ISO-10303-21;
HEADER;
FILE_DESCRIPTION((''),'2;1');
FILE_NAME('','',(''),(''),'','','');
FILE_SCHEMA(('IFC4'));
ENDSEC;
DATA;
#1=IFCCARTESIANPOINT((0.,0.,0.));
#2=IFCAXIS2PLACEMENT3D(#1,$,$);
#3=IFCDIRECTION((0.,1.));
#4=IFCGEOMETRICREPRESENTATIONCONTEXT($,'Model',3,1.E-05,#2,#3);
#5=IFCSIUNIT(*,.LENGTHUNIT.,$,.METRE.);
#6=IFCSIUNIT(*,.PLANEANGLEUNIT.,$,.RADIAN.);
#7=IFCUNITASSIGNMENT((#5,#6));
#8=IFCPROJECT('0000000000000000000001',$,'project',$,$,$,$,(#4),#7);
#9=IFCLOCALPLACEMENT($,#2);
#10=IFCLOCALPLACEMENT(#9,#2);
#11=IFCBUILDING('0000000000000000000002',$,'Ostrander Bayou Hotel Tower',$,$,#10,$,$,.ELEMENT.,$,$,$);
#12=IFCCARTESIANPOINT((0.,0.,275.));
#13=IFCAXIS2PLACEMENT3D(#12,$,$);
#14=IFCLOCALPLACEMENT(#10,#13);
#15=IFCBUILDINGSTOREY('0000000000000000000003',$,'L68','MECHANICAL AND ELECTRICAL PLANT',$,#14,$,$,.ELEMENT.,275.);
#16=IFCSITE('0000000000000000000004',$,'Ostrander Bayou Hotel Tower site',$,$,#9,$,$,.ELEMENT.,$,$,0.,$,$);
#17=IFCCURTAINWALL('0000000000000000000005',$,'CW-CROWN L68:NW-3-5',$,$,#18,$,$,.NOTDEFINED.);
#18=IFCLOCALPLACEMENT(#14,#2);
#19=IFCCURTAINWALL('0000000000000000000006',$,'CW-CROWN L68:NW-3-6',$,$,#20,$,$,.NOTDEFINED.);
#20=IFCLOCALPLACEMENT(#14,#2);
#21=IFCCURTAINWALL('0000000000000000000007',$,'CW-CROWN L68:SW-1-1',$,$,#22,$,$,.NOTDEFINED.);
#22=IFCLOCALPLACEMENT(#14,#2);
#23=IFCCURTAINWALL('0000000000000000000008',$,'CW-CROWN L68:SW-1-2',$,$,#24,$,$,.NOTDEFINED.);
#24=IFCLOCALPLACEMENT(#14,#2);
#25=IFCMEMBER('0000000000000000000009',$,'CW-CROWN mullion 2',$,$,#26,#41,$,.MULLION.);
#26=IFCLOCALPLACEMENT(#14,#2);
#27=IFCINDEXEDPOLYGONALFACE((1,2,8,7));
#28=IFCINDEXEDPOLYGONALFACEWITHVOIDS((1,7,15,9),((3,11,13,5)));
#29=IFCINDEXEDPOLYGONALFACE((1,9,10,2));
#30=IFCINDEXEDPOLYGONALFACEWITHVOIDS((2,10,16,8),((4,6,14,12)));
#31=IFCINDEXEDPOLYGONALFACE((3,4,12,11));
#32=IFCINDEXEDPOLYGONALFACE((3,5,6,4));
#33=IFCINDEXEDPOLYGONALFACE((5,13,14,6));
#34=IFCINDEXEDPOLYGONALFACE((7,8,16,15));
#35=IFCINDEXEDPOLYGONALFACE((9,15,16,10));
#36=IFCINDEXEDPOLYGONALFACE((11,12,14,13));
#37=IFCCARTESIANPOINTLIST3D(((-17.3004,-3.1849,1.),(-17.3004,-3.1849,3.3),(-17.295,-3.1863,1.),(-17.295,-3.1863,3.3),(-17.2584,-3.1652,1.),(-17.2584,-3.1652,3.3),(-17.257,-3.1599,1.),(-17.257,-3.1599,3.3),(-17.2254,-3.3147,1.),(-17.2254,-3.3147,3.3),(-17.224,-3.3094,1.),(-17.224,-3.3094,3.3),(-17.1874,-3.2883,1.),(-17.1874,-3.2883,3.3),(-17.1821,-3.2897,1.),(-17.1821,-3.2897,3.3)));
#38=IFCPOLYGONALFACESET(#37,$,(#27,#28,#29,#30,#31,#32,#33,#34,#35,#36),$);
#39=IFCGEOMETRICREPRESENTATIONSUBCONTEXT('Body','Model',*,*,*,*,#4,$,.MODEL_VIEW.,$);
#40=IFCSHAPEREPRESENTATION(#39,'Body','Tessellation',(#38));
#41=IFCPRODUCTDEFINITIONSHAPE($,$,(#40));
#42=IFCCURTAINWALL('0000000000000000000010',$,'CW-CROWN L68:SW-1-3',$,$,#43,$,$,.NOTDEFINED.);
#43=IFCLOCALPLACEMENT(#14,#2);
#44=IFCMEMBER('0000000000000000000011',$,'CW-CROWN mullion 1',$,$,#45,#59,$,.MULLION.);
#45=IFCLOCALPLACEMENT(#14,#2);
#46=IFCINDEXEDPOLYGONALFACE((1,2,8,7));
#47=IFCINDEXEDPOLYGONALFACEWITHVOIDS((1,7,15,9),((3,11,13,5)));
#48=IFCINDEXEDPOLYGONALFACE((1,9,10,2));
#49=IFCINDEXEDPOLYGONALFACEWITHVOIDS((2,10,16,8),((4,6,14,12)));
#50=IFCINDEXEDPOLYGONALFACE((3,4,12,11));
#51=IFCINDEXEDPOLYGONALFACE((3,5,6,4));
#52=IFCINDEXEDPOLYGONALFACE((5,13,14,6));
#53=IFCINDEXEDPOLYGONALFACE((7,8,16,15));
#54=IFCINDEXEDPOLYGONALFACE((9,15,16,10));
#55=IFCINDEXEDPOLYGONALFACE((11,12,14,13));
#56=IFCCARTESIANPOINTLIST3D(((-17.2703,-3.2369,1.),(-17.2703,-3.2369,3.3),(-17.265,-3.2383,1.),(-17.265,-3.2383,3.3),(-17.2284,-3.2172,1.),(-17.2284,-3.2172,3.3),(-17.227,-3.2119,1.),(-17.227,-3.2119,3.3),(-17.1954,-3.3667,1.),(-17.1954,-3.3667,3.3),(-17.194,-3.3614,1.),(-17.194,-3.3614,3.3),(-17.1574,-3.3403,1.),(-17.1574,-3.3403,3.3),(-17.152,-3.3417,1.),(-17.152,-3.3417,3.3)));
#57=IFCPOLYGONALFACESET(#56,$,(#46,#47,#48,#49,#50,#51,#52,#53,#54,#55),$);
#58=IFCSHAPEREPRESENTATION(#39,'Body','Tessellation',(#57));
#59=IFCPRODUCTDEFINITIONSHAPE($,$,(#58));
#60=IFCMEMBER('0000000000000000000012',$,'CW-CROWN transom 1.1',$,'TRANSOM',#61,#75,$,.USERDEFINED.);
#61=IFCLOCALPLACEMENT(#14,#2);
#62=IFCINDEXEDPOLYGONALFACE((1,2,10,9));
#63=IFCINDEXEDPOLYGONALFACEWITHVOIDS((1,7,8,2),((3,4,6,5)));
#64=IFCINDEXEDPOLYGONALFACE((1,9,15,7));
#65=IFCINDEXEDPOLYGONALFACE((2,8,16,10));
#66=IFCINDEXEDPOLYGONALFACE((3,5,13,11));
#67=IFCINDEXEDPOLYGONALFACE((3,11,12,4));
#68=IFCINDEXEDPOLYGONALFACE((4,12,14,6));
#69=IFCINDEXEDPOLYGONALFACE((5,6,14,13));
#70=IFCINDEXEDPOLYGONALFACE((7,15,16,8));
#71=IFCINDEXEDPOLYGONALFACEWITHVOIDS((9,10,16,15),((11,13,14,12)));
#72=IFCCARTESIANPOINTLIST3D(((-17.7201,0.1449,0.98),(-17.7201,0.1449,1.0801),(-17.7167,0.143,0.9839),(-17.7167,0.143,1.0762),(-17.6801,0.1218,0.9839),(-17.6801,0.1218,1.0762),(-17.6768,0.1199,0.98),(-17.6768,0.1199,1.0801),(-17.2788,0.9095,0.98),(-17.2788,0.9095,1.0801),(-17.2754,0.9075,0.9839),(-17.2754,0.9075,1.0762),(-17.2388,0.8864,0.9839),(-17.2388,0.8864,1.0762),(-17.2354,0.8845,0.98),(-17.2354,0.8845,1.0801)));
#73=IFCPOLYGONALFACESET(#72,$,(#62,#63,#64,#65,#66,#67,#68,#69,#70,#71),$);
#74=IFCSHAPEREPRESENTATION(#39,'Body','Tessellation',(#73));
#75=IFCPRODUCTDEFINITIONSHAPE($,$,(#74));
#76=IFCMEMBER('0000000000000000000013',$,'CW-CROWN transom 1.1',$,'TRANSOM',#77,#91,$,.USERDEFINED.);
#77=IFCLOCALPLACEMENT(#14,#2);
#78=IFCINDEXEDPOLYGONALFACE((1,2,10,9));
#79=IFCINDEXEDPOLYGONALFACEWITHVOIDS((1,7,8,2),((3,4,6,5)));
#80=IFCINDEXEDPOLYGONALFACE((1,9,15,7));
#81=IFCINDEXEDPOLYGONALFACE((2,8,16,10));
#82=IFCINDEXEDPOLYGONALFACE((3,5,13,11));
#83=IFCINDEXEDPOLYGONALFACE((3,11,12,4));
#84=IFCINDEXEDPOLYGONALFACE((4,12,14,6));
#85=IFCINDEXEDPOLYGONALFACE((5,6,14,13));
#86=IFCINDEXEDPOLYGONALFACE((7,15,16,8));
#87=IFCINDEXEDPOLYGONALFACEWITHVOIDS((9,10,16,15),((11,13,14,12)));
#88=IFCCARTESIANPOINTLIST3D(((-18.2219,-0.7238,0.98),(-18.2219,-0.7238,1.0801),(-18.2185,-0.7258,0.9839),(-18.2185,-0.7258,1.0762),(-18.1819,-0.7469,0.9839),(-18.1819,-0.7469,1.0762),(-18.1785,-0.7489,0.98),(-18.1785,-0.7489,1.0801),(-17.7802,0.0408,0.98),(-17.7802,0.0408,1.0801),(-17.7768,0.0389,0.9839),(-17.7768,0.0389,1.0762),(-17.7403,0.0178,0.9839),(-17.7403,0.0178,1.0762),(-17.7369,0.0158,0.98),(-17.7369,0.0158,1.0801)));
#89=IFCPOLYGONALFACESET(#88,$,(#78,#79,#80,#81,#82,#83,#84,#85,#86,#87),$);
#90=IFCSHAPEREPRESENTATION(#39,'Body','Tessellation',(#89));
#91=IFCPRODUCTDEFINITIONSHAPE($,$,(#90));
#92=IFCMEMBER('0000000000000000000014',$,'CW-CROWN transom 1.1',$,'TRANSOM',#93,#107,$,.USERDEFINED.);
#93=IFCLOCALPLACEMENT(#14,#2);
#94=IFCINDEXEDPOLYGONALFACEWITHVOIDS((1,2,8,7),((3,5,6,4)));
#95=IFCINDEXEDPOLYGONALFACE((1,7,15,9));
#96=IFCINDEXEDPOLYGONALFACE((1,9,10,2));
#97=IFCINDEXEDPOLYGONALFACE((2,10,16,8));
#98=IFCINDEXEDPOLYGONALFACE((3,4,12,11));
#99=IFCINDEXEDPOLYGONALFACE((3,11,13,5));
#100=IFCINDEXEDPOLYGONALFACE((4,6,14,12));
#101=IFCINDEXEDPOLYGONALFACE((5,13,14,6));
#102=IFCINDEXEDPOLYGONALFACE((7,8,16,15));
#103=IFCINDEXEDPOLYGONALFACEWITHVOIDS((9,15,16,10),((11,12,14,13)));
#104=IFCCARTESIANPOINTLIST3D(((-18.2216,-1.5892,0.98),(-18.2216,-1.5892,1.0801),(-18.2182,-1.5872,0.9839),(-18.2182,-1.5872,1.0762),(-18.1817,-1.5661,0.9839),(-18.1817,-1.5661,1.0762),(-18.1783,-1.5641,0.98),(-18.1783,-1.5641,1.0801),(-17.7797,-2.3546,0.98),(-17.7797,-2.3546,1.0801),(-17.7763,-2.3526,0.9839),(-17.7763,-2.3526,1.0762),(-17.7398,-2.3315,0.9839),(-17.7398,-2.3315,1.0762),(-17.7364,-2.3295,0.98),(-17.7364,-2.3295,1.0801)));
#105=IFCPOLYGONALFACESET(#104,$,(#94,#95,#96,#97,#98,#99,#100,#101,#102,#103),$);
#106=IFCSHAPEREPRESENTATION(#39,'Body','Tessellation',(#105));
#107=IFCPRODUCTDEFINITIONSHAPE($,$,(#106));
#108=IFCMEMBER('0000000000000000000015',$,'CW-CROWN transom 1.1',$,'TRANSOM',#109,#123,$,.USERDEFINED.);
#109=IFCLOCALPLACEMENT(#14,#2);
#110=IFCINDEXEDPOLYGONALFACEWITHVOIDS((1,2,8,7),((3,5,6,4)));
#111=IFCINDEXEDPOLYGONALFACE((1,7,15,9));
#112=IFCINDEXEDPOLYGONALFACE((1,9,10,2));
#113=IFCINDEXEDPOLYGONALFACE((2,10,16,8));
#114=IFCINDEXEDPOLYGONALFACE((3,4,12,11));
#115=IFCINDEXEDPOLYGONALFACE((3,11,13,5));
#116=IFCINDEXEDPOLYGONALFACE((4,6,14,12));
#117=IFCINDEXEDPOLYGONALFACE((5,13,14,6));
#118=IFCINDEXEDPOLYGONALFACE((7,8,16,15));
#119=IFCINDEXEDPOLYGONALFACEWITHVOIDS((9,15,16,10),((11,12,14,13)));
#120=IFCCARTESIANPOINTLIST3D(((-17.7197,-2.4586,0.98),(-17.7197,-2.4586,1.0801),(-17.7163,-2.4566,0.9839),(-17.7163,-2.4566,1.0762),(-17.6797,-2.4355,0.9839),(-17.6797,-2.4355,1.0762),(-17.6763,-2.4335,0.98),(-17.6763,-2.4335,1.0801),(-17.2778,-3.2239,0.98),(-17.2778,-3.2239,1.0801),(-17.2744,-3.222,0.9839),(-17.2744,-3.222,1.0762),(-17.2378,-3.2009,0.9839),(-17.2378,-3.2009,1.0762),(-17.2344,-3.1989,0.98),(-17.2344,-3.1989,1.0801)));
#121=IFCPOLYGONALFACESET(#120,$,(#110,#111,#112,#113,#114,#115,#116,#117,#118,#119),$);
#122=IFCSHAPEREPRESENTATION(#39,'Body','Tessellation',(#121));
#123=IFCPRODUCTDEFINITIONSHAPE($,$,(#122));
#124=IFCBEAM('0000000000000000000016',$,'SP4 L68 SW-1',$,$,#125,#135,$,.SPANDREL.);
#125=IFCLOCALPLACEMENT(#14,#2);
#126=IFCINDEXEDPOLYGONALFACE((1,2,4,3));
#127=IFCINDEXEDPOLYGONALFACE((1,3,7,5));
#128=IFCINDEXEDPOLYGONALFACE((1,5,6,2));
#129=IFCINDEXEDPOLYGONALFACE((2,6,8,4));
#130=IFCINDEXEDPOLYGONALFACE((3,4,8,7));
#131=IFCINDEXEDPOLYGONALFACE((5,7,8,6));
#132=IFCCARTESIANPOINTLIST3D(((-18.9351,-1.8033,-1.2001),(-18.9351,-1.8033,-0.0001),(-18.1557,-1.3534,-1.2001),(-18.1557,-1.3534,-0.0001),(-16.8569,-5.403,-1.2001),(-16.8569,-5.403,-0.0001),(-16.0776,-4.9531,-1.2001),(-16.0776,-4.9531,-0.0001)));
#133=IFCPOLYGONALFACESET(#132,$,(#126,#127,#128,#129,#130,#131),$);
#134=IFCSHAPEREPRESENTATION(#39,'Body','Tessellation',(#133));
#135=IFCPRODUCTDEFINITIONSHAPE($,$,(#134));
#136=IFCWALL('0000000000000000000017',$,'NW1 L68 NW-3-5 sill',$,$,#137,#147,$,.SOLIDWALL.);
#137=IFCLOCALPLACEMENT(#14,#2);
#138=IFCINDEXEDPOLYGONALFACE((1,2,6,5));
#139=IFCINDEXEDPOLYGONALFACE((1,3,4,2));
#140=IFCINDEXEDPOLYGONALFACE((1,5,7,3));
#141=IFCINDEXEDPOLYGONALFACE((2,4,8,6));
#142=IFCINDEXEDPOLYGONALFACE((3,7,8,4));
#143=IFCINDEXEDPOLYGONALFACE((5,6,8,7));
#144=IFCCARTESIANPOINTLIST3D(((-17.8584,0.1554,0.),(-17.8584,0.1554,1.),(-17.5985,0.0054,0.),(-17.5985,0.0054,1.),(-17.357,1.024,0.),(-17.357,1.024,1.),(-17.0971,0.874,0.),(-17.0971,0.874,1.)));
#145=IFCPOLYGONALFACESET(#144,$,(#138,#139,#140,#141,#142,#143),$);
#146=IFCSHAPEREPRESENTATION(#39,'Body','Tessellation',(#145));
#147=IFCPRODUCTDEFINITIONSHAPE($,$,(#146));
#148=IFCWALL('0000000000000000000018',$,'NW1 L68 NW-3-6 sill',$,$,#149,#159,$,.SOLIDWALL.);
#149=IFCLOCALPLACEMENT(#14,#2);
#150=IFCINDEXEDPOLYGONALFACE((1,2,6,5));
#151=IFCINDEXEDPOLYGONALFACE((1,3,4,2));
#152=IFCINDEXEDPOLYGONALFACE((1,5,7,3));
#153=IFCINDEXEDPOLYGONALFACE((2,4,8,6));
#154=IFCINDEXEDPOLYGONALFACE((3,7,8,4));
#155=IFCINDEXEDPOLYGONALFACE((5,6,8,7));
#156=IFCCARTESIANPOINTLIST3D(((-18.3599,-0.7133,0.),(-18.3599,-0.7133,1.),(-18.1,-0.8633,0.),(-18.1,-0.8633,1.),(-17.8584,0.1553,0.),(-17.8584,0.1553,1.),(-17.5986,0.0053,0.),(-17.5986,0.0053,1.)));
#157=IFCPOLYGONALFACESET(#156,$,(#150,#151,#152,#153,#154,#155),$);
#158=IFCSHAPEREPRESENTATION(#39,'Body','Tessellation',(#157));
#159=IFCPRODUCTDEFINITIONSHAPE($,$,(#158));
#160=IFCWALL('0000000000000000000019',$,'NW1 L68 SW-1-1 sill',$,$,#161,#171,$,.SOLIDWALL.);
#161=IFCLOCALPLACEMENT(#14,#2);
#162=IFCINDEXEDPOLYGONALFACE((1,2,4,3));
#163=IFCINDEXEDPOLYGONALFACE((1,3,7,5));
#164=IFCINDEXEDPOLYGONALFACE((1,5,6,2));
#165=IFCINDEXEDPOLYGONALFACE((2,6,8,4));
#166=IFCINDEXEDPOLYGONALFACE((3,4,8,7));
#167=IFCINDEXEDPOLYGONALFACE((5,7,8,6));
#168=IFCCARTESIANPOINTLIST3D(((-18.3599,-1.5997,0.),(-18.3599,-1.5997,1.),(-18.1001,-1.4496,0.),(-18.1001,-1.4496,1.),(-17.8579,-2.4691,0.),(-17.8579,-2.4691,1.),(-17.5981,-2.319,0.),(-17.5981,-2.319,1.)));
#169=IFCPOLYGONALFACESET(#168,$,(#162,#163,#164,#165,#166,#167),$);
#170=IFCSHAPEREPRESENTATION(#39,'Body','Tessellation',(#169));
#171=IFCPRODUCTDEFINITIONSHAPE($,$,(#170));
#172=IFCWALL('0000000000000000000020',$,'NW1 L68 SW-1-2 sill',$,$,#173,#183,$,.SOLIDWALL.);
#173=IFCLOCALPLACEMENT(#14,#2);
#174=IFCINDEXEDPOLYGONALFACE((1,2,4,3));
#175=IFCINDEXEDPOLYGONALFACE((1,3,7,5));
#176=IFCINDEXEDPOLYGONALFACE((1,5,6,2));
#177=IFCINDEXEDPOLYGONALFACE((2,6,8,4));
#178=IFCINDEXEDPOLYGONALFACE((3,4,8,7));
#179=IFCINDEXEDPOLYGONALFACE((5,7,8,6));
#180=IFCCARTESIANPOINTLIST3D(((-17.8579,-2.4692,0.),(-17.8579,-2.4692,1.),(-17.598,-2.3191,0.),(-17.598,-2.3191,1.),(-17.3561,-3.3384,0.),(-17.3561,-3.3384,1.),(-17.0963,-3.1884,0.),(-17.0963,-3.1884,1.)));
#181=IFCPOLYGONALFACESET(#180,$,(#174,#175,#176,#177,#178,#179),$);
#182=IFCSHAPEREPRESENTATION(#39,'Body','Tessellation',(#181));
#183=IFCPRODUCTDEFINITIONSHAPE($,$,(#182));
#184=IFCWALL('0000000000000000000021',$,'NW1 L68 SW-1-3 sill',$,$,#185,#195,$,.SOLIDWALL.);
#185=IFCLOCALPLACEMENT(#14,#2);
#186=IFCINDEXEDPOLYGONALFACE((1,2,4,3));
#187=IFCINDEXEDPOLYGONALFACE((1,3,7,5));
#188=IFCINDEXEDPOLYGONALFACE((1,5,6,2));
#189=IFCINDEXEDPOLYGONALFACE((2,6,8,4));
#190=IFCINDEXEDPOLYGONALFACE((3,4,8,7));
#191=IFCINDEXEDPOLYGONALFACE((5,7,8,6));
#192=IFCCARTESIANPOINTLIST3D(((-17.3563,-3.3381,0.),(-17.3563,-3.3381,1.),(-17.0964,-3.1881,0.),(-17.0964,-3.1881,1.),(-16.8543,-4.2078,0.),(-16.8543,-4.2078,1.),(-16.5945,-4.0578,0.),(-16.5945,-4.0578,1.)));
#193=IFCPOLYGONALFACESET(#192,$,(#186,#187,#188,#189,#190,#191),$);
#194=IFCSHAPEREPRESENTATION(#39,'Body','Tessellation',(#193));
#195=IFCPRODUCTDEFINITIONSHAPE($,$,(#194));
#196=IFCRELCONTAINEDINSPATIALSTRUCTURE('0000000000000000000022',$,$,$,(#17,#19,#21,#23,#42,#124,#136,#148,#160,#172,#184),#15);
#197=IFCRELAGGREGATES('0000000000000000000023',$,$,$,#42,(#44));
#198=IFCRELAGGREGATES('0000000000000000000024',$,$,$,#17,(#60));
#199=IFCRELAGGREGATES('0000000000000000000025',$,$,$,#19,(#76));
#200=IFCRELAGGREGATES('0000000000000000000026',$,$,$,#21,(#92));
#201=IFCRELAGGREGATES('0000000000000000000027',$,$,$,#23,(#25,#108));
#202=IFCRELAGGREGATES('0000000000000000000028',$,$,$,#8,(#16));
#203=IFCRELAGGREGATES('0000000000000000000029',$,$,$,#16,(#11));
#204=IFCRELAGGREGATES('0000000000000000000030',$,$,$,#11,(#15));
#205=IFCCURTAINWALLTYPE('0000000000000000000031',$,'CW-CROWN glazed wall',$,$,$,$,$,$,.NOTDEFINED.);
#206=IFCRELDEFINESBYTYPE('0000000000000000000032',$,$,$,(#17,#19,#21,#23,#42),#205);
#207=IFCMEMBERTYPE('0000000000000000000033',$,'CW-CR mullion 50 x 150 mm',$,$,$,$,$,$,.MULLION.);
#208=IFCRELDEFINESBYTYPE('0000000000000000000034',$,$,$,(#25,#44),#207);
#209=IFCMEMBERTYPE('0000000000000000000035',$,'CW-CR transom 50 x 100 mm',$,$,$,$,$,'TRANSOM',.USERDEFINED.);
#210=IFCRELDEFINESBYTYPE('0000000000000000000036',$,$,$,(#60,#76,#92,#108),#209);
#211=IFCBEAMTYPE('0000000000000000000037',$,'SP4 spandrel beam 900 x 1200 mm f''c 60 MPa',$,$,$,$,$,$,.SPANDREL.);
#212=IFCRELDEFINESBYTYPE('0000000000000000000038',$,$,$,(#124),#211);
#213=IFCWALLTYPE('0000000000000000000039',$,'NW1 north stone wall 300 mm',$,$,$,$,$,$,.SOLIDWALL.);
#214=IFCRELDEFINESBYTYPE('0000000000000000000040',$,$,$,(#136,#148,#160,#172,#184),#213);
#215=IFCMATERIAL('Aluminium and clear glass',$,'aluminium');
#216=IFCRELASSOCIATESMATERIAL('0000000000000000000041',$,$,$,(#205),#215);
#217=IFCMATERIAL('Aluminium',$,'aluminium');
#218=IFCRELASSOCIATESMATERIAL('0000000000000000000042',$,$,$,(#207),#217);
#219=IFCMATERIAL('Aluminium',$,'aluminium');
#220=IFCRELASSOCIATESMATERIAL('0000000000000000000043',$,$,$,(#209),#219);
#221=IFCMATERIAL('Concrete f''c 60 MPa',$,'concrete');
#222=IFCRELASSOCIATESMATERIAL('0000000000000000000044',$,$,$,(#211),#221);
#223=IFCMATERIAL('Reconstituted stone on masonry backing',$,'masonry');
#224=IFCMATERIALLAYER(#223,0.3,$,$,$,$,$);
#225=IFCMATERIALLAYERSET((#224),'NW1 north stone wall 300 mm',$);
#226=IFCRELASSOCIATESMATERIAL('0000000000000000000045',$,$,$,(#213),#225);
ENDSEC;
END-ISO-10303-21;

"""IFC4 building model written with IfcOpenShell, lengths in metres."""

from ifc_helpers import new_model, si_unit, direction, frame, frame_2d, origin, origin_2d, place, context, subcontext, project, spatial, rectangle, hollow_rectangle, extrude, material, layer, layer_set, material_profile, profile_set, type_object, element, aggregate, save


model = new_model("IFC4")

# Units and contexts
model_context = context("Model", 3, precision=1e-05, world=origin(), true_north=direction((0.0, 1.0)))
body_context = subcontext(model_context, "Body", "Model", "MODEL_VIEW")
ifc_project = project(units=[si_unit("LENGTHUNIT", "METRE"), si_unit("PLANEANGLEUNIT", "RADIAN")], contexts=[model_context])

# Site, building, storey
site_placement = place(None, origin())
site = spatial("IfcSite", under=ifc_project, at=site_placement, Name="Ostrander Bayou Hotel Tower site", CompositionType="ELEMENT", RefElevation=0.0)
building_placement = place(site_placement, origin())
building = spatial("IfcBuilding", under=site, at=building_placement, Name="Ostrander Bayou Hotel Tower", CompositionType="ELEMENT")
storey_placement = place(building_placement, frame((0.0, 0.0, 275.0)))
storey = spatial("IfcBuildingStorey", under=building, at=storey_placement, Name="L68", Description="MECHANICAL AND ELECTRICAL PLANT", CompositionType="ELEMENT", Elevation=275.0)

# Shared definitions
ifc_material_1 = material(Name="Aluminium and clear glass", Category="aluminium")
curtain_wall_type = type_object("IfcCurtainWallType", Name="CW-CROWN glazed wall", PredefinedType="NOTDEFINED", material=ifc_material_1)
ifc_material_2 = material(Name="Aluminium", Category="aluminium")
ifc_material_profile_1 = material_profile(ifc_material_2, hollow_rectangle(XDim=0.05, YDim=0.1499, WallThickness=0.0039, at=origin_2d()))
ifc_profile_set_1 = profile_set([ifc_material_profile_1], Name="Aluminium")
member_type_1 = type_object("IfcMemberType", Name="CW-CR mullion 50 x 150 mm", PredefinedType="MULLION", material=ifc_profile_set_1)

# Curtain walls, member
curtain_wall_1_placement = place(storey_placement, origin())
curtain_wall_1 = element("IfcCurtainWall", 1, at=curtain_wall_1_placement, inside=storey, type_object=curtain_wall_type, Name="CW-CROWN L68:NW-3-5", PredefinedType="NOTDEFINED")
curtain_wall_2_placement = place(storey_placement, origin())
curtain_wall_2 = element("IfcCurtainWall", 2, at=curtain_wall_2_placement, inside=storey, type_object=curtain_wall_type, Name="CW-CROWN L68:NW-3-6", PredefinedType="NOTDEFINED")
curtain_wall_3_placement = place(storey_placement, origin())
curtain_wall_3 = element("IfcCurtainWall", 3, at=curtain_wall_3_placement, inside=storey, type_object=curtain_wall_type, Name="CW-CROWN L68:SW-1-1", PredefinedType="NOTDEFINED")
curtain_wall_4_placement = place(storey_placement, origin())
curtain_wall_4 = element("IfcCurtainWall", 4, at=curtain_wall_4_placement, inside=storey, type_object=curtain_wall_type, Name="CW-CROWN L68:SW-1-2", PredefinedType="NOTDEFINED")
member_1_placement = place(storey_placement, frame((-17.2412, -3.2373, 1.0), z_axis=(0.0, 0.0, 1.0), x_axis=(0.866021, 0.500007, 0.0)))
member_1 = element("IfcMember", 5, at=member_1_placement, type_object=member_type_1, Name="CW-CROWN mullion 2", PredefinedType="MULLION", context=body_context, shape_type="SweptSolid", body=[
    extrude(hollow_rectangle(XDim=0.05, YDim=0.1499, WallThickness=0.0039, at=origin_2d()), origin(), (0.0, 0.0, 1.0), 2.3),
])

# Curtain wall, member
curtain_wall_5_placement = place(storey_placement, origin())
curtain_wall_5 = element("IfcCurtainWall", 6, at=curtain_wall_5_placement, inside=storey, type_object=curtain_wall_type, Name="CW-CROWN L68:SW-1-3", PredefinedType="NOTDEFINED")
member_2_placement = place(storey_placement, frame((-17.2112, -3.2893, 1.0), z_axis=(0.0, 0.0, 1.0), x_axis=(0.866046, 0.499964, 0.0)))
member_2 = element("IfcMember", 7, at=member_2_placement, type_object=member_type_1, Name="CW-CROWN mullion 1", PredefinedType="MULLION", context=body_context, shape_type="SweptSolid", body=[
    extrude(hollow_rectangle(XDim=0.05, YDim=0.1499, WallThickness=0.0039, at=origin_2d()), origin(), (0.0, 0.0, 1.0), 2.3),
])
aggregate(curtain_wall_5, [member_2])

# Members
ifc_material_3 = material(Name="Aluminium", Category="aluminium")
ifc_material_profile_2 = material_profile(ifc_material_3, hollow_rectangle(XDim=0.05, YDim=0.1001, WallThickness=0.0039, at=origin_2d()))
ifc_profile_set_2 = profile_set([ifc_material_profile_2], Name="Aluminium")
member_type_2 = type_object("IfcMemberType", Name="CW-CR transom 50 x 100 mm", ElementType="TRANSOM", PredefinedType="USERDEFINED", material=ifc_profile_set_2)
member_3_placement = place(storey_placement, frame((-17.2571, 0.897, 1.03), z_axis=(-0.499946, -0.866057, 0.0), x_axis=(0.866057, -0.499946, 0.0)))
member_3 = element("IfcMember", 8, at=member_3_placement, type_object=member_type_2, Name="CW-CROWN transom 1.1", ObjectType="TRANSOM", PredefinedType="USERDEFINED", context=body_context, shape_type="SweptSolid", body=[
    extrude(hollow_rectangle(XDim=0.05, YDim=0.1001, WallThickness=0.0039, at=origin_2d()), origin(), (0.0, 0.0, 1.0), 0.8828),
])
aggregate(curtain_wall_1, [member_3])
member_4_placement = place(storey_placement, frame((-17.7585, 0.0283, 1.03), z_axis=(-0.500153, -0.865937, 0.0), x_axis=(0.865937, -0.500153, 0.0)))
member_4 = element("IfcMember", 9, at=member_4_placement, type_object=member_type_2, Name="CW-CROWN transom 1.1", ObjectType="TRANSOM", PredefinedType="USERDEFINED", context=body_context, shape_type="SweptSolid", body=[
    extrude(hollow_rectangle(XDim=0.05, YDim=0.1001, WallThickness=0.0039, at=origin_2d()), origin(), (0.0, 0.0, 1.0), 0.8831),
])
aggregate(curtain_wall_2, [member_4])
member_5_placement = place(storey_placement, frame((-18.2, -1.5767, 1.03), z_axis=(0.500001, -0.866025, 0.0), x_axis=(0.866025, 0.500001, 0.0)))
member_5 = element("IfcMember", 10, at=member_5_placement, type_object=member_type_2, Name="CW-CROWN transom 1.1", ObjectType="TRANSOM", PredefinedType="USERDEFINED", context=body_context, shape_type="SweptSolid", body=[
    extrude(hollow_rectangle(XDim=0.05, YDim=0.1001, WallThickness=0.0039, at=origin_2d()), origin(), (0.0, 0.0, 1.0), 0.8838),
])
aggregate(curtain_wall_3, [member_5])
member_6_placement = place(storey_placement, frame((-17.698, -2.446, 1.03), z_axis=(0.500001, -0.866025, 0.0), x_axis=(0.866025, 0.500001, 0.0)))
member_6 = element("IfcMember", 11, at=member_6_placement, type_object=member_type_2, Name="CW-CROWN transom 1.1", ObjectType="TRANSOM", PredefinedType="USERDEFINED", context=body_context, shape_type="SweptSolid", body=[
    extrude(hollow_rectangle(XDim=0.05, YDim=0.1001, WallThickness=0.0039, at=origin_2d()), origin(), (0.0, 0.0, 1.0), 0.8838),
])
aggregate(curtain_wall_4, [member_1, member_6])

# Beam
ifc_material_4 = material(Name="Concrete f'c 60 MPa", Category="concrete")
ifc_material_profile_3 = material_profile(ifc_material_4, rectangle(XDim=0.8999, YDim=1.2, at=origin_2d()))
ifc_profile_set_3 = profile_set([ifc_material_profile_3], Name="Concrete f'c 60 MPa")
beam_type = type_object("IfcBeamType", Name="SP4 spandrel beam 900 x 1200 mm f'c 60 MPa", PredefinedType="SPANDREL", material=ifc_profile_set_3)
beam_placement = place(storey_placement, frame((-18.5454, -1.5784, -0.6001), z_axis=(0.49998, -0.866037, 0.0), x_axis=(0.866037, 0.49998, 0.0)))
element("IfcBeam", 12, at=beam_placement, inside=storey, type_object=beam_type, Name="SP4 L68 SW-1", PredefinedType="SPANDREL", context=body_context, shape_type="SweptSolid", body=[
    extrude(rectangle(XDim=0.8999, YDim=1.2, at=origin_2d()), origin(), (0.0, 0.0, 1.0), 4.1565),
])

# Walls
ifc_material_5 = material(Name="Reconstituted stone on masonry backing", Category="masonry")
ifc_layer = layer(ifc_material_5, 0.3)
ifc_layer_set = layer_set([ifc_layer], Name="NW1 north stone wall 300 mm")
wall_type = type_object("IfcWallType", Name="NW1 north stone wall 300 mm", PredefinedType="SOLIDWALL", material=ifc_layer_set)
for number, where, z_axis, x_axis, name in (
    (13, (-17.2271, 0.949, 0.0), (0.0, 0.0, 1.0), (-0.499961, -0.866048, 0.0), "NW1 L68 NW-3-5 sill"),
    (14, (-17.7285, 0.0803, 0.0), (0.0, 0.0, 1.0), (-0.499961, -0.866048, 0.0), "NW1 L68 NW-3-6 sill"),
):
    element("IfcWall", number, at=place(storey_placement, frame(where, z_axis=z_axis, x_axis=x_axis)), inside=storey, type_object=wall_type, Name=name, PredefinedType="SOLIDWALL", context=body_context, shape_type="SweptSolid", body=[
        extrude(rectangle(XDim=1.0029, YDim=0.3, at=frame_2d((0.5015, 0.0))), origin(), (0.0, 0.0, 1.0), 1.0),
    ])
wall_1_placement = place(storey_placement, frame((-18.23, -1.5247, 0.0), z_axis=(0.0, 0.0, 1.0), x_axis=(0.50001, -0.86602, 0.0)))
element("IfcWall", 15, at=wall_1_placement, inside=storey, type_object=wall_type, Name="NW1 L68 SW-1-1 sill", PredefinedType="SOLIDWALL", context=body_context, shape_type="SweptSolid", body=[
    extrude(rectangle(XDim=1.0039, YDim=0.3, at=frame_2d((0.502, 0.0))), origin(), (0.0, 0.0, 1.0), 1.0),
])
wall_2_placement = place(storey_placement, frame((-17.728, -2.394, 0.0), z_axis=(0.0, 0.0, 1.0), x_axis=(0.499933, -0.866064, 0.0)))
element("IfcWall", 16, at=wall_2_placement, inside=storey, type_object=wall_type, Name="NW1 L68 SW-1-2 sill", PredefinedType="SOLIDWALL", context=body_context, shape_type="SweptSolid", body=[
    extrude(rectangle(XDim=1.0037, YDim=0.3, at=frame_2d((0.502, 0.0))), origin(), (0.0, 0.0, 1.0), 1.0),
])
wall_3_placement = place(storey_placement, frame((-17.2263, -3.2632, 0.0), z_axis=(0.0, 0.0, 1.0), x_axis=(0.499905, -0.86608, 0.0)))
element("IfcWall", 17, at=wall_3_placement, inside=storey, type_object=wall_type, Name="NW1 L68 SW-1-3 sill", PredefinedType="SOLIDWALL", context=body_context, shape_type="SweptSolid", body=[
    extrude(rectangle(XDim=1.0042, YDim=0.3, at=frame_2d((0.502, 0.0))), origin(), (0.0, 0.0, 1.0), 1.0),
])

save(model, "model.ifc")
